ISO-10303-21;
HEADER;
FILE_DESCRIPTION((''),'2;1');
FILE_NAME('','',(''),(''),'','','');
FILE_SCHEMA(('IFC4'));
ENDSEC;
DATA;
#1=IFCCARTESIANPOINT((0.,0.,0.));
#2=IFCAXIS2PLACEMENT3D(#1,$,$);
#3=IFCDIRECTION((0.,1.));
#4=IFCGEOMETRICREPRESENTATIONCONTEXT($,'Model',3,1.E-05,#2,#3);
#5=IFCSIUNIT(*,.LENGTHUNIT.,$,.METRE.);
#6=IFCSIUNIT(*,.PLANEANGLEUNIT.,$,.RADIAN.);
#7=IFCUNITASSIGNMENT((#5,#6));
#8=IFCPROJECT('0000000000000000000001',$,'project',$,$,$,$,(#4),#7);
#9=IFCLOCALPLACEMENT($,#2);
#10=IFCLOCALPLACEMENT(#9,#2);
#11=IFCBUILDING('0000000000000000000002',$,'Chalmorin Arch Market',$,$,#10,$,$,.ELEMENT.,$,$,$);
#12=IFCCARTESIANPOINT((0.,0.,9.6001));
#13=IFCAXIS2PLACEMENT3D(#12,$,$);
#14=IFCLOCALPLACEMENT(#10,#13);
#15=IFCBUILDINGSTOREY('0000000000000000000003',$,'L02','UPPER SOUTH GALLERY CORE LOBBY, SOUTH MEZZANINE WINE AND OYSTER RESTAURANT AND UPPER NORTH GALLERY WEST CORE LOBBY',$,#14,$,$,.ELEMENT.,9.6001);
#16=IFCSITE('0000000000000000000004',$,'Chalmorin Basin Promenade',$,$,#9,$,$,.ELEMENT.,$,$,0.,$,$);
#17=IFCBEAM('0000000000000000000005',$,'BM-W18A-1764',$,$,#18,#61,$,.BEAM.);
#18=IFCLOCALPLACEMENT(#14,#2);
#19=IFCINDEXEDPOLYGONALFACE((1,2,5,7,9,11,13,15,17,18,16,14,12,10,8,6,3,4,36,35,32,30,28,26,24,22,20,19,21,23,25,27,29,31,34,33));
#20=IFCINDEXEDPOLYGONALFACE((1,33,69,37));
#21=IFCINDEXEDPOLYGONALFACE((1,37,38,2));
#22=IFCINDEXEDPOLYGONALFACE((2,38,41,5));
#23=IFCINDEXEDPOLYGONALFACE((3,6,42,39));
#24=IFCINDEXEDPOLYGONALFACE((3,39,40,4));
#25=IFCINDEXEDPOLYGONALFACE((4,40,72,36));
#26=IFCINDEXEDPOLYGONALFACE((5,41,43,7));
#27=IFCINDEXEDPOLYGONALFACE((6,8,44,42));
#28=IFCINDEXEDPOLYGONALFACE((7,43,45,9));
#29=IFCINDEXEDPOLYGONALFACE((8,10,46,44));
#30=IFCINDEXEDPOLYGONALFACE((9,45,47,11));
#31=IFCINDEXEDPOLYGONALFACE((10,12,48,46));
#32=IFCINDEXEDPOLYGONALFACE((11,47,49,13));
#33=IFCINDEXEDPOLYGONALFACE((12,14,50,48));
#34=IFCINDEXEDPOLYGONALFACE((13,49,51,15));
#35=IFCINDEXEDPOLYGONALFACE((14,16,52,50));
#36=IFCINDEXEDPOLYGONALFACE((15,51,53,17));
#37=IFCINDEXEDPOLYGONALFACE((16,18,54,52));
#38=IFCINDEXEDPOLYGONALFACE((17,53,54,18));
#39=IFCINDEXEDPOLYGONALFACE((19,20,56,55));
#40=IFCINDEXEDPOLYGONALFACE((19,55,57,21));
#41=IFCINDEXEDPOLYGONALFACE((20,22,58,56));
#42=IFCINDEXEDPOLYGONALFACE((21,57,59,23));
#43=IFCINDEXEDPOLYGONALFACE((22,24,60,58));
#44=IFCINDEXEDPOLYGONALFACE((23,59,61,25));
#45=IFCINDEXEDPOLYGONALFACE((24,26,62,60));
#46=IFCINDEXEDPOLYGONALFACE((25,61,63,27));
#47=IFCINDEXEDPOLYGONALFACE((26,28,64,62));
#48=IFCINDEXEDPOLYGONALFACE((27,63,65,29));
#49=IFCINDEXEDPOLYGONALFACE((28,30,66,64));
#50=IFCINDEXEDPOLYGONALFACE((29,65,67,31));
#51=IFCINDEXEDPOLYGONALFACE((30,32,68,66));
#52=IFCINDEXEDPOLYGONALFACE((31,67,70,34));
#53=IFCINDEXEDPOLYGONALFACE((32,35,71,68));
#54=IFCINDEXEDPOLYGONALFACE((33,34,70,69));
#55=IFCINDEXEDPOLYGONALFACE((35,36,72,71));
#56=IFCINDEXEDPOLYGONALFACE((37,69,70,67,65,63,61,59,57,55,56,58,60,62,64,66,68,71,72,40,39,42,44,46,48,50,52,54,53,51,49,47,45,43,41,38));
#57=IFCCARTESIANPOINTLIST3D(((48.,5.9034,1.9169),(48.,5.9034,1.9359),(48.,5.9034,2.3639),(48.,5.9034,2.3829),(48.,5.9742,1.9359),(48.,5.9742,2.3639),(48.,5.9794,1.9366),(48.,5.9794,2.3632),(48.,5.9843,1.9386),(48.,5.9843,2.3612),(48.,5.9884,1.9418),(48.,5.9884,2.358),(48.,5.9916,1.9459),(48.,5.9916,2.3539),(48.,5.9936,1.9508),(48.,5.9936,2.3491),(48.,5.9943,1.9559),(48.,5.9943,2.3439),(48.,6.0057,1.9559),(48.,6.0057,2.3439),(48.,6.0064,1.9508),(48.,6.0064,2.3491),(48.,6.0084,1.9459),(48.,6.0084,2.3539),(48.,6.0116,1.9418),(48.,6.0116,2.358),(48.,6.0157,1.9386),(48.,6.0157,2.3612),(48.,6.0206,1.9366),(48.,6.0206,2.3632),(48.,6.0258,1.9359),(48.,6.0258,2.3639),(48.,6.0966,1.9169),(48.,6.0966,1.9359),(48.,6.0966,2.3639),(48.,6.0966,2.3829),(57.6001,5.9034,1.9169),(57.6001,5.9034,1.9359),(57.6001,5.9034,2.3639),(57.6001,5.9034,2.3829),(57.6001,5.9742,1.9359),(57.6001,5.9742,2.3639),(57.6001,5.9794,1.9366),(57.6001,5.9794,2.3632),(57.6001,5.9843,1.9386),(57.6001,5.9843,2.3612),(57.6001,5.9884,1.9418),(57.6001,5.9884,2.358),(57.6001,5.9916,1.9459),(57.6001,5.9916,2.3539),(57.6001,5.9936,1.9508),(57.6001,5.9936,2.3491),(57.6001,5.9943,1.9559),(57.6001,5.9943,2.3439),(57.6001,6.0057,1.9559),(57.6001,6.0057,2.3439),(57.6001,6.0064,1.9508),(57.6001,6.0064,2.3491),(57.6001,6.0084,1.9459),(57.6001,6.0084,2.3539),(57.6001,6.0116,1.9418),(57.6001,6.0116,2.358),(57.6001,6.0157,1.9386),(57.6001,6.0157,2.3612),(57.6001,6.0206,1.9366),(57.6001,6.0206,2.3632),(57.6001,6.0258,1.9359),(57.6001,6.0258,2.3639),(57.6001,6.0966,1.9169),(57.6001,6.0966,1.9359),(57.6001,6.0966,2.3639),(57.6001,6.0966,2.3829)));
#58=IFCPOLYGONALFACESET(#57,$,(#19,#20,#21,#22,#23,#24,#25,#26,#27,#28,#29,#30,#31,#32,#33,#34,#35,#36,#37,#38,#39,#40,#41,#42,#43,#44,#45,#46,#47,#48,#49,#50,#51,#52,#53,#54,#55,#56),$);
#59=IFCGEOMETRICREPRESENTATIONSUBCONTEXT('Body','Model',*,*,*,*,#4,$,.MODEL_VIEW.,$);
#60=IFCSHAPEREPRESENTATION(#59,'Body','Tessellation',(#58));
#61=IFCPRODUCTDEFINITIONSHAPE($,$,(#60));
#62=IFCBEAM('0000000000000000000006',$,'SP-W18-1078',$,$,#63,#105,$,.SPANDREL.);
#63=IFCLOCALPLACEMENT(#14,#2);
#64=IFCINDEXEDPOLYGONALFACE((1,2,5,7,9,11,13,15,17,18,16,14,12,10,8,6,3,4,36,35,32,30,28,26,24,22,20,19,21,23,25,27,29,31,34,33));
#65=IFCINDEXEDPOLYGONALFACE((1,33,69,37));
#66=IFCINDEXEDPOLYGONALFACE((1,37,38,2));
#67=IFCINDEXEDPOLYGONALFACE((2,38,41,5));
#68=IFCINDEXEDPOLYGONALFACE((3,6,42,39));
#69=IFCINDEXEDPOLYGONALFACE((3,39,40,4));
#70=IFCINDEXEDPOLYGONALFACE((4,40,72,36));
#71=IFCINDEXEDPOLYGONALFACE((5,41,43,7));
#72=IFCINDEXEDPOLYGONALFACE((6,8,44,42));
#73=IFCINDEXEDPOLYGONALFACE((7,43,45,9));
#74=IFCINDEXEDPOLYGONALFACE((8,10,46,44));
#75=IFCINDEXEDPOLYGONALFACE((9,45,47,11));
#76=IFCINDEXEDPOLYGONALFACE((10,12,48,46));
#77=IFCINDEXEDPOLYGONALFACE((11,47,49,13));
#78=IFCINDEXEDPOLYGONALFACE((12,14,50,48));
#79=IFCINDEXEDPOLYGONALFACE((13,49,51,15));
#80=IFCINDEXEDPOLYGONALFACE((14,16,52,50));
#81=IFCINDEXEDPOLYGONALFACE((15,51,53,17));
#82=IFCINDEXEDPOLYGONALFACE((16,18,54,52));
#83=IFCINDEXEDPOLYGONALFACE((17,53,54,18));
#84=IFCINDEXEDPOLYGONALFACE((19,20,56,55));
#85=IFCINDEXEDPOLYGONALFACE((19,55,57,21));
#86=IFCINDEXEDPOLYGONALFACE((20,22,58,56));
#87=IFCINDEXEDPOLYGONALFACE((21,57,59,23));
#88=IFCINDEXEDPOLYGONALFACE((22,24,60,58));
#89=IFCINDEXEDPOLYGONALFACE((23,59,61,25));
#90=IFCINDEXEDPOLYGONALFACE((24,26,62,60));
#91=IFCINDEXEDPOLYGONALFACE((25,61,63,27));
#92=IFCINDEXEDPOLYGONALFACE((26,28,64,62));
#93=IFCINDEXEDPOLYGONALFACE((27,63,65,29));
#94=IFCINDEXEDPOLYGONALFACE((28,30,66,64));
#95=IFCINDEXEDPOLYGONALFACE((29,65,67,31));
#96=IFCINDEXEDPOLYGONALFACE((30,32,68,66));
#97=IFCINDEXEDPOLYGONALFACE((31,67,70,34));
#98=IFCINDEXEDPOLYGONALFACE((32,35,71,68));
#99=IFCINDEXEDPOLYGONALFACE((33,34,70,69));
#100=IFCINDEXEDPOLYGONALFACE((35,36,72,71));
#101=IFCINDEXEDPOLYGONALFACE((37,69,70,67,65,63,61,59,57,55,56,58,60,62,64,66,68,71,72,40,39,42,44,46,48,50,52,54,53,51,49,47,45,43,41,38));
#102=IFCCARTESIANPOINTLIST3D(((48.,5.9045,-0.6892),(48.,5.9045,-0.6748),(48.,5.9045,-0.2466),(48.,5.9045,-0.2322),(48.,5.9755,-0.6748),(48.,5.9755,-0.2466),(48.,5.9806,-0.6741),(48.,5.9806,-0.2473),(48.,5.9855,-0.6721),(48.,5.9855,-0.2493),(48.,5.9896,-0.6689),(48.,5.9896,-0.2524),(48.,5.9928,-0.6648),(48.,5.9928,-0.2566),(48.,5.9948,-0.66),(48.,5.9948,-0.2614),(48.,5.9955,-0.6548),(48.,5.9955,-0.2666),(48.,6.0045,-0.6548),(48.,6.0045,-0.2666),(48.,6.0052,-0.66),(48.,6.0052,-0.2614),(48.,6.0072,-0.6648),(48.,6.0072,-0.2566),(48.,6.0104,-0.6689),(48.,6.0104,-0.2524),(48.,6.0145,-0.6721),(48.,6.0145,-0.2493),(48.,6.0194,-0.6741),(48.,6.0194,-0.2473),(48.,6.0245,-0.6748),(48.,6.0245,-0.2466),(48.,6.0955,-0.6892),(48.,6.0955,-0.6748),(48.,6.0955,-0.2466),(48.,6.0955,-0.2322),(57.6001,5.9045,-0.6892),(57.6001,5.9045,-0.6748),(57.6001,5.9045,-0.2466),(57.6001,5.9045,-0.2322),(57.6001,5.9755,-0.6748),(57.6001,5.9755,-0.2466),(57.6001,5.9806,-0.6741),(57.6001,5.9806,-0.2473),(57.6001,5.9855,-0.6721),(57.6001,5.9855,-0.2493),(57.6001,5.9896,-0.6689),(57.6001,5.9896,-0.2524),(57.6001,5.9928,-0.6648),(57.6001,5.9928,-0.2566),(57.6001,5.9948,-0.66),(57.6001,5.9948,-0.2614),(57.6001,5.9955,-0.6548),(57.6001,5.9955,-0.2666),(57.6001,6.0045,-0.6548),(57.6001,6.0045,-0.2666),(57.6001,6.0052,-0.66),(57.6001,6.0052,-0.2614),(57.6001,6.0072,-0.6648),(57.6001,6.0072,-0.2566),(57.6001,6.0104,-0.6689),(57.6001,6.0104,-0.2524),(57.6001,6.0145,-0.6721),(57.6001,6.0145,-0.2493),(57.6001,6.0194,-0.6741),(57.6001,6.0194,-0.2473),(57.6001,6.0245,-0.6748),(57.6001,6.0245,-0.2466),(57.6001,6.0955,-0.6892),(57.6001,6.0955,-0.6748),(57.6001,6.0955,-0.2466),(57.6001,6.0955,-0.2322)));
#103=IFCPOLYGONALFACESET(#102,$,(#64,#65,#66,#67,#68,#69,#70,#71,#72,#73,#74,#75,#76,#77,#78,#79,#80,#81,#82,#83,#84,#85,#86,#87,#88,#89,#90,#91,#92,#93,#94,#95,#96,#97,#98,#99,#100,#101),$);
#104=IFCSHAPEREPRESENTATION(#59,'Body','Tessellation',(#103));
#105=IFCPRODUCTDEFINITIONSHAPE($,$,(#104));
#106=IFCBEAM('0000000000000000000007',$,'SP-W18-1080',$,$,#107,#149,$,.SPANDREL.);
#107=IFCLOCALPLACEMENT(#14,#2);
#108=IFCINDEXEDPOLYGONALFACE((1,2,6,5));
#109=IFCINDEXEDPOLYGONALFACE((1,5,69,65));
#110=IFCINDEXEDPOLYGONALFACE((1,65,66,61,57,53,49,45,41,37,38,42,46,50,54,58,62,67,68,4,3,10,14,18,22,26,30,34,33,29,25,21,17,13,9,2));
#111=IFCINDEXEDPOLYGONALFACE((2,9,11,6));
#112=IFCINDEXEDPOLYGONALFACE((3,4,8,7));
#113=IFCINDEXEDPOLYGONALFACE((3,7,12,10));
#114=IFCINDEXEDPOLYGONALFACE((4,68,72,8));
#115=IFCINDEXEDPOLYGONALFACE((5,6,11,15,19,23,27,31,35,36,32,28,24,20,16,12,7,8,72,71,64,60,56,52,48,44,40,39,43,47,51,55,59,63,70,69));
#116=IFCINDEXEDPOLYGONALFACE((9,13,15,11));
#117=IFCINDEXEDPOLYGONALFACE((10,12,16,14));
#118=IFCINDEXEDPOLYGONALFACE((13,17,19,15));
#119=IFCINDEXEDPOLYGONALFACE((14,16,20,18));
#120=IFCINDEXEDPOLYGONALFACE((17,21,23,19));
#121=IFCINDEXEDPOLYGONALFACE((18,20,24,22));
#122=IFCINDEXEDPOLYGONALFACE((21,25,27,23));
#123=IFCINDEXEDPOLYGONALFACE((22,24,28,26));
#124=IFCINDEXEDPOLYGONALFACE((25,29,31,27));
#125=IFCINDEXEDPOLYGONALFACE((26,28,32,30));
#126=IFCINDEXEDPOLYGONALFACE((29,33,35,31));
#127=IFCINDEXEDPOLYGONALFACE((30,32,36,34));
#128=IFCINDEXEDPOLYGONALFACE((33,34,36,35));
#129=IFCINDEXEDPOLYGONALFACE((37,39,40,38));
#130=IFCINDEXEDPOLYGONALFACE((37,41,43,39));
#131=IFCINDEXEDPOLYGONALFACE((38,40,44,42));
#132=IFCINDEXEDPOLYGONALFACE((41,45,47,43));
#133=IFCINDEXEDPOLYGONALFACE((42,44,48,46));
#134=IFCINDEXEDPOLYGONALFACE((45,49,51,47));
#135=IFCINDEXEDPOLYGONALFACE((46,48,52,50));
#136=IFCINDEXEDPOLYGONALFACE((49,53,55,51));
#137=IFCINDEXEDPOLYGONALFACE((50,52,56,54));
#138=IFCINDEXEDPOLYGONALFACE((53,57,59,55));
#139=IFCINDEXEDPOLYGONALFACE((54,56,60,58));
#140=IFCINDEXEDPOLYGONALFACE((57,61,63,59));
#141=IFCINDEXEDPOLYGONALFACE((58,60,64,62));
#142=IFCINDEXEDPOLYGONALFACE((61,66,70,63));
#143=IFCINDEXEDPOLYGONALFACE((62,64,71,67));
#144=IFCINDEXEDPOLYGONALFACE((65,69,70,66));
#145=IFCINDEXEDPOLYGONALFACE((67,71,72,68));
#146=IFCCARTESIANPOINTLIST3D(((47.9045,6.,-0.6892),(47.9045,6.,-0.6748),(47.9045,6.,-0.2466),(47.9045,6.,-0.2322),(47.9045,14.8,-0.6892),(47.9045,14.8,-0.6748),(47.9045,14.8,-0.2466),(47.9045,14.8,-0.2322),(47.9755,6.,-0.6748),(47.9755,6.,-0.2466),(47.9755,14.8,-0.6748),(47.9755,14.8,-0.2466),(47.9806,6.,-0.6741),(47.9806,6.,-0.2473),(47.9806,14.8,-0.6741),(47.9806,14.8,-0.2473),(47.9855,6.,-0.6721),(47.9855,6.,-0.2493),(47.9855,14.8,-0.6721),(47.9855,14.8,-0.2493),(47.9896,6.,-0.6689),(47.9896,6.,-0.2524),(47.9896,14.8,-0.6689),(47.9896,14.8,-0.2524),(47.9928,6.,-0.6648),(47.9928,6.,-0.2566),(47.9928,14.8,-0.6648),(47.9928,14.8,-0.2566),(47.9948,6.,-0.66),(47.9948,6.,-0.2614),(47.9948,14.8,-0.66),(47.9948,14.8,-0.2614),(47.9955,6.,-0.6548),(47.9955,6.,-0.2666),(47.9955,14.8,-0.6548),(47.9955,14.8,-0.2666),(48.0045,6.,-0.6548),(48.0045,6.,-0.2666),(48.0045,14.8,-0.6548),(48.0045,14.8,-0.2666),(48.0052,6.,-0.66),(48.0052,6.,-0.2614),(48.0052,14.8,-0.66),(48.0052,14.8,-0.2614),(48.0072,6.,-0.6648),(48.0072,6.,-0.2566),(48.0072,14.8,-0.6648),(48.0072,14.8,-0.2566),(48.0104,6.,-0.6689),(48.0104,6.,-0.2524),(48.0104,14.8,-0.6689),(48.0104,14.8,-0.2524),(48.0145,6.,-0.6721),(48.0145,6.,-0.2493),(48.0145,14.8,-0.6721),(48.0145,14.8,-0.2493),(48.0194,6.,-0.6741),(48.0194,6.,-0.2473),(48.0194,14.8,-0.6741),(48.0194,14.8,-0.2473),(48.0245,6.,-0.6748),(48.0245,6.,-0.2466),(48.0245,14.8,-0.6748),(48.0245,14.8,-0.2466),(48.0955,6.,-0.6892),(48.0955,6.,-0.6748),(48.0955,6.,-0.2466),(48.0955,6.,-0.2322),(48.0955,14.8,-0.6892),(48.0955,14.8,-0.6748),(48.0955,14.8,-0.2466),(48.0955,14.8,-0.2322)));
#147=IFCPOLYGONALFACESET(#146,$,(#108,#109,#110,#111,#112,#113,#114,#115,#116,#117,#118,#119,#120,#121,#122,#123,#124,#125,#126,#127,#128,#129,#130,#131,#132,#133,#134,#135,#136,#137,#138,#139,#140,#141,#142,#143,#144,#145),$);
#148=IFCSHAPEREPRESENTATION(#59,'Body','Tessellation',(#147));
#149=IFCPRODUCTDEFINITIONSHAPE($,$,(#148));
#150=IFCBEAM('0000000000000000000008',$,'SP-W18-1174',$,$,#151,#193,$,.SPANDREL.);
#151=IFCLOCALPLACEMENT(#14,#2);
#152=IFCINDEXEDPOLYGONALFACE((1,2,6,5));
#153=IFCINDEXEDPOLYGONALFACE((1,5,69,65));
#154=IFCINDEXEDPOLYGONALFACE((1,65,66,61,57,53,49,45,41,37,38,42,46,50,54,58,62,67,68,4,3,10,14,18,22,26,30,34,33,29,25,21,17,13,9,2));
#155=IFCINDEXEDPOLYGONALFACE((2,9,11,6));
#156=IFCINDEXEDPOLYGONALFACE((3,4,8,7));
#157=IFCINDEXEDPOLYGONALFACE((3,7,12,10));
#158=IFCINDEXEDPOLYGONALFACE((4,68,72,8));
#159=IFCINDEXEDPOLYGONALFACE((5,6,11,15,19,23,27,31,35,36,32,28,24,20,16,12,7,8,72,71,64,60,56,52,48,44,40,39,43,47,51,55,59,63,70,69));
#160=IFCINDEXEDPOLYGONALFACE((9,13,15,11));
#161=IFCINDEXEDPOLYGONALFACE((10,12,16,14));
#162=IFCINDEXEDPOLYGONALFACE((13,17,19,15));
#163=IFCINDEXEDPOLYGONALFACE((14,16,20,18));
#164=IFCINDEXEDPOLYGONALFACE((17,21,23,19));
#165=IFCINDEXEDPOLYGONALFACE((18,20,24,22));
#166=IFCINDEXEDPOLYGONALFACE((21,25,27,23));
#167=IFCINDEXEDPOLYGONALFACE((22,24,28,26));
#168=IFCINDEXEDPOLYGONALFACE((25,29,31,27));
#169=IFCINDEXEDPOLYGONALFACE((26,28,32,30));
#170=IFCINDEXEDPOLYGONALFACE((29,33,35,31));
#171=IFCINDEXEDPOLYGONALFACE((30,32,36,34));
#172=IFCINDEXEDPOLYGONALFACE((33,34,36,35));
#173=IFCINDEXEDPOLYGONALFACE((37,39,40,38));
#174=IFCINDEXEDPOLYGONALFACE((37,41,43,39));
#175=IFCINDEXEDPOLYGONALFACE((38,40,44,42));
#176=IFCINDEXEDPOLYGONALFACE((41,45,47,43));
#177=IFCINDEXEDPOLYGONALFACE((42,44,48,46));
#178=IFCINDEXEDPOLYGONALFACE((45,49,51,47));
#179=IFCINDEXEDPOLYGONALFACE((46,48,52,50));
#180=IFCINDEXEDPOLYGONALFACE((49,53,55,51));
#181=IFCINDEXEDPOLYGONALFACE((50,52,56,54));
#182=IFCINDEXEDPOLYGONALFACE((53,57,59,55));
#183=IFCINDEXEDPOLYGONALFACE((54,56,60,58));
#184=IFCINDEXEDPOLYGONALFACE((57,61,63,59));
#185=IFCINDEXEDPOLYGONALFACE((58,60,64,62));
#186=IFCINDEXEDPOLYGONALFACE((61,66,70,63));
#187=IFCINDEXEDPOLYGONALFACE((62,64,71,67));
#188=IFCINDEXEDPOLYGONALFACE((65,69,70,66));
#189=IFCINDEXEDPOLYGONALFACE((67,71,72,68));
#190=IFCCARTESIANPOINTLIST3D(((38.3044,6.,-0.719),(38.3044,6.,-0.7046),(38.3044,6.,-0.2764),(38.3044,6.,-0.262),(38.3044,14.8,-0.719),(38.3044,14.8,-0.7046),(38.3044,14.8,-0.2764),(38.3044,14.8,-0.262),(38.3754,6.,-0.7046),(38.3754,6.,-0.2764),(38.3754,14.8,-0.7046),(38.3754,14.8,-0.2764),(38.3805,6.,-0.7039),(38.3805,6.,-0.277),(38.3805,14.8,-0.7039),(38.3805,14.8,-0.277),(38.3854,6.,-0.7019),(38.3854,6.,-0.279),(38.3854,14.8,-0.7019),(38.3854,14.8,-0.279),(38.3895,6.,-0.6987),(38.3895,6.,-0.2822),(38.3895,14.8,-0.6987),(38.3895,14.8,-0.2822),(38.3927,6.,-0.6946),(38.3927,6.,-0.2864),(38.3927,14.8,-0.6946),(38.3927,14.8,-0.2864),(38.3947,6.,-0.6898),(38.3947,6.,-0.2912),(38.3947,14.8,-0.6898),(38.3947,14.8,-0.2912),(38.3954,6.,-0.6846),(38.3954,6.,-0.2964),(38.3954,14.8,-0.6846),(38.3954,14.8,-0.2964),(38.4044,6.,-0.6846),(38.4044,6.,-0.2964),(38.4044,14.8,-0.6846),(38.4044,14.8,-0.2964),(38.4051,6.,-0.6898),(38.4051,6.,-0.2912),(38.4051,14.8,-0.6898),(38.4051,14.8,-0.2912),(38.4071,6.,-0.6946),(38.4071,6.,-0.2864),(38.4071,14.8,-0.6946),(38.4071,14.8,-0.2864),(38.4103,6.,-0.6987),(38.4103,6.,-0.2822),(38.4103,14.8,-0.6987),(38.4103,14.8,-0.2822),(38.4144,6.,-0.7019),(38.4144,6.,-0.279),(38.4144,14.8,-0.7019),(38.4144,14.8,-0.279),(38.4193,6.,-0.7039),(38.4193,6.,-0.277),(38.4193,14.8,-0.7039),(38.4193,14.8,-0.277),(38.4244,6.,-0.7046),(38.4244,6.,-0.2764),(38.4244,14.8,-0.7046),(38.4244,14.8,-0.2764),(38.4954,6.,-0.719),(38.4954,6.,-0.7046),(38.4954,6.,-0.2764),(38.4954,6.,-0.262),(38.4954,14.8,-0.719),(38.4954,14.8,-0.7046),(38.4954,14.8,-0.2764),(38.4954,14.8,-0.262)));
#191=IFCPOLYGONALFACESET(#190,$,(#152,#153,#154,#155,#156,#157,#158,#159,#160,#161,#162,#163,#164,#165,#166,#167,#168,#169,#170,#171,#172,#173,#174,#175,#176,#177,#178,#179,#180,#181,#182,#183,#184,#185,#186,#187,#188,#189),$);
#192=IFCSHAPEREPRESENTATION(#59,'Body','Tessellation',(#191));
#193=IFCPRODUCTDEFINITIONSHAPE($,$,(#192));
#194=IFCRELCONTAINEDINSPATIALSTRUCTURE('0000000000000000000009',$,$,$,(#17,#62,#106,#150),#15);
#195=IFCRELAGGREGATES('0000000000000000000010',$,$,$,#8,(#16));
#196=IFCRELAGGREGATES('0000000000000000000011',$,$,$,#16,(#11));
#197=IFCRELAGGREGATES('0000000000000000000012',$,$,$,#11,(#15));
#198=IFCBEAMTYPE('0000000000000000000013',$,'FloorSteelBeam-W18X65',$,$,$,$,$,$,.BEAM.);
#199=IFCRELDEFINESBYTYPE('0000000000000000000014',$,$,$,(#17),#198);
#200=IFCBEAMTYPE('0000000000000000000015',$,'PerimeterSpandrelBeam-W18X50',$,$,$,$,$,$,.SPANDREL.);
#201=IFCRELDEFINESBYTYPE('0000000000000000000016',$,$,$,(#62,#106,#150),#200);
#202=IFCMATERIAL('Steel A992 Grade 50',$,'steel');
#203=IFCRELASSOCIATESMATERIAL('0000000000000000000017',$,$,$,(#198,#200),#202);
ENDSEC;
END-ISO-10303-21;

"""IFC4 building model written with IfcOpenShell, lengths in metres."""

from ifc_helpers import new_model, si_unit, direction, frame, origin, origin_2d, place, context, subcontext, project, spatial, i_section, extrude, material, material_profile, profile_set, type_object, element, save


model = new_model("IFC4")

# Units and contexts
model_context = context("Model", 3, precision=1e-05, world=origin(), true_north=direction((0.0, 1.0)))
body_context = subcontext(model_context, "Body", "Model", "MODEL_VIEW")
ifc_project = project(units=[si_unit("LENGTHUNIT", "METRE"), si_unit("PLANEANGLEUNIT", "RADIAN")], contexts=[model_context])

# Site, building, storey
site_placement = place(None, origin())
site = spatial("IfcSite", under=ifc_project, at=site_placement, Name="Chalmorin Basin Promenade", CompositionType="ELEMENT", RefElevation=0.0)
building_placement = place(site_placement, origin())
building = spatial("IfcBuilding", under=site, at=building_placement, Name="Chalmorin Arch Market", CompositionType="ELEMENT")
storey_placement = place(building_placement, frame((0.0, 0.0, 9.6001)))
storey = spatial("IfcBuildingStorey", under=building, at=storey_placement, Name="L02", Description="UPPER SOUTH GALLERY CORE LOBBY, SOUTH MEZZANINE WINE AND OYSTER RESTAURANT AND UPPER NORTH GALLERY WEST CORE LOBBY", CompositionType="ELEMENT", Elevation=9.6001)

# Beams
ifc_material_1 = material(Name="Steel A992 Grade 50", Category="steel")
ifc_material_profile_1 = material_profile(ifc_material_1, i_section(OverallWidth=0.1931, OverallDepth=0.4661, WebThickness=0.0115, FlangeThickness=0.019, FilletRadius=0.02, at=origin_2d()), Name="W18X65")
ifc_profile_set_1 = profile_set([ifc_material_profile_1], Name="Steel A992 Grade 50")
beam_type_1 = type_object("IfcBeamType", Name="FloorSteelBeam-W18X65", PredefinedType="BEAM", material=ifc_profile_set_1)
beam_1_placement = place(storey_placement, frame((48.0, 6.0, 2.1499), z_axis=(1.0, 0.0, 0.0), x_axis=(0.0, 1.0, 0.0)))
element("IfcBeam", 1, at=beam_1_placement, inside=storey, type_object=beam_type_1, Name="BM-W18A-1764", PredefinedType="BEAM", context=body_context, shape_type="SweptSolid", body=[
    extrude(i_section(OverallWidth=0.1931, OverallDepth=0.4661, WebThickness=0.0115, FlangeThickness=0.019, FilletRadius=0.02, at=origin_2d()), origin(), (0.0, 0.0, 1.0), 9.6001),
])
ifc_material_profile_2 = material_profile(ifc_material_1, i_section(OverallWidth=0.1909, OverallDepth=0.457, WebThickness=0.009, FlangeThickness=0.0144, FilletRadius=0.02, at=origin_2d()), Name="W18X50")
ifc_profile_set_2 = profile_set([ifc_material_profile_2], Name="Steel A992 Grade 50")
beam_type_2 = type_object("IfcBeamType", Name="PerimeterSpandrelBeam-W18X50", PredefinedType="SPANDREL", material=ifc_profile_set_2)
beam_2_placement = place(storey_placement, frame((48.0, 6.0, -0.4607), z_axis=(1.0, 0.0, 0.0), x_axis=(0.0, 1.0, 0.0)))
element("IfcBeam", 2, at=beam_2_placement, inside=storey, type_object=beam_type_2, Name="SP-W18-1078", PredefinedType="SPANDREL", context=body_context, shape_type="SweptSolid", body=[
    extrude(i_section(OverallWidth=0.1909, OverallDepth=0.457, WebThickness=0.009, FlangeThickness=0.0144, FilletRadius=0.02, at=origin_2d()), origin(), (0.0, 0.0, 1.0), 9.6001),
])
for number, where, z_axis, x_axis, name in (
    (3, (48.0, 6.0, -0.4607), (0.0, 1.0, 0.0), (-1.0, 0.0, 0.0), "SP-W18-1080"),
    (4, (38.3999, 6.0, -0.4905), (0.0, 1.0, 0.0), (-1.0, 0.0, 0.0), "SP-W18-1174"),
):
    element("IfcBeam", number, at=place(storey_placement, frame(where, z_axis=z_axis, x_axis=x_axis)), inside=storey, type_object=beam_type_2, Name=name, PredefinedType="SPANDREL", context=body_context, shape_type="SweptSolid", body=[
        extrude(i_section(OverallWidth=0.1909, OverallDepth=0.457, WebThickness=0.009, FlangeThickness=0.0144, FilletRadius=0.02, at=origin_2d()), origin(), (0.0, 0.0, 1.0), 8.8),
    ])

save(model, "model.ifc")
